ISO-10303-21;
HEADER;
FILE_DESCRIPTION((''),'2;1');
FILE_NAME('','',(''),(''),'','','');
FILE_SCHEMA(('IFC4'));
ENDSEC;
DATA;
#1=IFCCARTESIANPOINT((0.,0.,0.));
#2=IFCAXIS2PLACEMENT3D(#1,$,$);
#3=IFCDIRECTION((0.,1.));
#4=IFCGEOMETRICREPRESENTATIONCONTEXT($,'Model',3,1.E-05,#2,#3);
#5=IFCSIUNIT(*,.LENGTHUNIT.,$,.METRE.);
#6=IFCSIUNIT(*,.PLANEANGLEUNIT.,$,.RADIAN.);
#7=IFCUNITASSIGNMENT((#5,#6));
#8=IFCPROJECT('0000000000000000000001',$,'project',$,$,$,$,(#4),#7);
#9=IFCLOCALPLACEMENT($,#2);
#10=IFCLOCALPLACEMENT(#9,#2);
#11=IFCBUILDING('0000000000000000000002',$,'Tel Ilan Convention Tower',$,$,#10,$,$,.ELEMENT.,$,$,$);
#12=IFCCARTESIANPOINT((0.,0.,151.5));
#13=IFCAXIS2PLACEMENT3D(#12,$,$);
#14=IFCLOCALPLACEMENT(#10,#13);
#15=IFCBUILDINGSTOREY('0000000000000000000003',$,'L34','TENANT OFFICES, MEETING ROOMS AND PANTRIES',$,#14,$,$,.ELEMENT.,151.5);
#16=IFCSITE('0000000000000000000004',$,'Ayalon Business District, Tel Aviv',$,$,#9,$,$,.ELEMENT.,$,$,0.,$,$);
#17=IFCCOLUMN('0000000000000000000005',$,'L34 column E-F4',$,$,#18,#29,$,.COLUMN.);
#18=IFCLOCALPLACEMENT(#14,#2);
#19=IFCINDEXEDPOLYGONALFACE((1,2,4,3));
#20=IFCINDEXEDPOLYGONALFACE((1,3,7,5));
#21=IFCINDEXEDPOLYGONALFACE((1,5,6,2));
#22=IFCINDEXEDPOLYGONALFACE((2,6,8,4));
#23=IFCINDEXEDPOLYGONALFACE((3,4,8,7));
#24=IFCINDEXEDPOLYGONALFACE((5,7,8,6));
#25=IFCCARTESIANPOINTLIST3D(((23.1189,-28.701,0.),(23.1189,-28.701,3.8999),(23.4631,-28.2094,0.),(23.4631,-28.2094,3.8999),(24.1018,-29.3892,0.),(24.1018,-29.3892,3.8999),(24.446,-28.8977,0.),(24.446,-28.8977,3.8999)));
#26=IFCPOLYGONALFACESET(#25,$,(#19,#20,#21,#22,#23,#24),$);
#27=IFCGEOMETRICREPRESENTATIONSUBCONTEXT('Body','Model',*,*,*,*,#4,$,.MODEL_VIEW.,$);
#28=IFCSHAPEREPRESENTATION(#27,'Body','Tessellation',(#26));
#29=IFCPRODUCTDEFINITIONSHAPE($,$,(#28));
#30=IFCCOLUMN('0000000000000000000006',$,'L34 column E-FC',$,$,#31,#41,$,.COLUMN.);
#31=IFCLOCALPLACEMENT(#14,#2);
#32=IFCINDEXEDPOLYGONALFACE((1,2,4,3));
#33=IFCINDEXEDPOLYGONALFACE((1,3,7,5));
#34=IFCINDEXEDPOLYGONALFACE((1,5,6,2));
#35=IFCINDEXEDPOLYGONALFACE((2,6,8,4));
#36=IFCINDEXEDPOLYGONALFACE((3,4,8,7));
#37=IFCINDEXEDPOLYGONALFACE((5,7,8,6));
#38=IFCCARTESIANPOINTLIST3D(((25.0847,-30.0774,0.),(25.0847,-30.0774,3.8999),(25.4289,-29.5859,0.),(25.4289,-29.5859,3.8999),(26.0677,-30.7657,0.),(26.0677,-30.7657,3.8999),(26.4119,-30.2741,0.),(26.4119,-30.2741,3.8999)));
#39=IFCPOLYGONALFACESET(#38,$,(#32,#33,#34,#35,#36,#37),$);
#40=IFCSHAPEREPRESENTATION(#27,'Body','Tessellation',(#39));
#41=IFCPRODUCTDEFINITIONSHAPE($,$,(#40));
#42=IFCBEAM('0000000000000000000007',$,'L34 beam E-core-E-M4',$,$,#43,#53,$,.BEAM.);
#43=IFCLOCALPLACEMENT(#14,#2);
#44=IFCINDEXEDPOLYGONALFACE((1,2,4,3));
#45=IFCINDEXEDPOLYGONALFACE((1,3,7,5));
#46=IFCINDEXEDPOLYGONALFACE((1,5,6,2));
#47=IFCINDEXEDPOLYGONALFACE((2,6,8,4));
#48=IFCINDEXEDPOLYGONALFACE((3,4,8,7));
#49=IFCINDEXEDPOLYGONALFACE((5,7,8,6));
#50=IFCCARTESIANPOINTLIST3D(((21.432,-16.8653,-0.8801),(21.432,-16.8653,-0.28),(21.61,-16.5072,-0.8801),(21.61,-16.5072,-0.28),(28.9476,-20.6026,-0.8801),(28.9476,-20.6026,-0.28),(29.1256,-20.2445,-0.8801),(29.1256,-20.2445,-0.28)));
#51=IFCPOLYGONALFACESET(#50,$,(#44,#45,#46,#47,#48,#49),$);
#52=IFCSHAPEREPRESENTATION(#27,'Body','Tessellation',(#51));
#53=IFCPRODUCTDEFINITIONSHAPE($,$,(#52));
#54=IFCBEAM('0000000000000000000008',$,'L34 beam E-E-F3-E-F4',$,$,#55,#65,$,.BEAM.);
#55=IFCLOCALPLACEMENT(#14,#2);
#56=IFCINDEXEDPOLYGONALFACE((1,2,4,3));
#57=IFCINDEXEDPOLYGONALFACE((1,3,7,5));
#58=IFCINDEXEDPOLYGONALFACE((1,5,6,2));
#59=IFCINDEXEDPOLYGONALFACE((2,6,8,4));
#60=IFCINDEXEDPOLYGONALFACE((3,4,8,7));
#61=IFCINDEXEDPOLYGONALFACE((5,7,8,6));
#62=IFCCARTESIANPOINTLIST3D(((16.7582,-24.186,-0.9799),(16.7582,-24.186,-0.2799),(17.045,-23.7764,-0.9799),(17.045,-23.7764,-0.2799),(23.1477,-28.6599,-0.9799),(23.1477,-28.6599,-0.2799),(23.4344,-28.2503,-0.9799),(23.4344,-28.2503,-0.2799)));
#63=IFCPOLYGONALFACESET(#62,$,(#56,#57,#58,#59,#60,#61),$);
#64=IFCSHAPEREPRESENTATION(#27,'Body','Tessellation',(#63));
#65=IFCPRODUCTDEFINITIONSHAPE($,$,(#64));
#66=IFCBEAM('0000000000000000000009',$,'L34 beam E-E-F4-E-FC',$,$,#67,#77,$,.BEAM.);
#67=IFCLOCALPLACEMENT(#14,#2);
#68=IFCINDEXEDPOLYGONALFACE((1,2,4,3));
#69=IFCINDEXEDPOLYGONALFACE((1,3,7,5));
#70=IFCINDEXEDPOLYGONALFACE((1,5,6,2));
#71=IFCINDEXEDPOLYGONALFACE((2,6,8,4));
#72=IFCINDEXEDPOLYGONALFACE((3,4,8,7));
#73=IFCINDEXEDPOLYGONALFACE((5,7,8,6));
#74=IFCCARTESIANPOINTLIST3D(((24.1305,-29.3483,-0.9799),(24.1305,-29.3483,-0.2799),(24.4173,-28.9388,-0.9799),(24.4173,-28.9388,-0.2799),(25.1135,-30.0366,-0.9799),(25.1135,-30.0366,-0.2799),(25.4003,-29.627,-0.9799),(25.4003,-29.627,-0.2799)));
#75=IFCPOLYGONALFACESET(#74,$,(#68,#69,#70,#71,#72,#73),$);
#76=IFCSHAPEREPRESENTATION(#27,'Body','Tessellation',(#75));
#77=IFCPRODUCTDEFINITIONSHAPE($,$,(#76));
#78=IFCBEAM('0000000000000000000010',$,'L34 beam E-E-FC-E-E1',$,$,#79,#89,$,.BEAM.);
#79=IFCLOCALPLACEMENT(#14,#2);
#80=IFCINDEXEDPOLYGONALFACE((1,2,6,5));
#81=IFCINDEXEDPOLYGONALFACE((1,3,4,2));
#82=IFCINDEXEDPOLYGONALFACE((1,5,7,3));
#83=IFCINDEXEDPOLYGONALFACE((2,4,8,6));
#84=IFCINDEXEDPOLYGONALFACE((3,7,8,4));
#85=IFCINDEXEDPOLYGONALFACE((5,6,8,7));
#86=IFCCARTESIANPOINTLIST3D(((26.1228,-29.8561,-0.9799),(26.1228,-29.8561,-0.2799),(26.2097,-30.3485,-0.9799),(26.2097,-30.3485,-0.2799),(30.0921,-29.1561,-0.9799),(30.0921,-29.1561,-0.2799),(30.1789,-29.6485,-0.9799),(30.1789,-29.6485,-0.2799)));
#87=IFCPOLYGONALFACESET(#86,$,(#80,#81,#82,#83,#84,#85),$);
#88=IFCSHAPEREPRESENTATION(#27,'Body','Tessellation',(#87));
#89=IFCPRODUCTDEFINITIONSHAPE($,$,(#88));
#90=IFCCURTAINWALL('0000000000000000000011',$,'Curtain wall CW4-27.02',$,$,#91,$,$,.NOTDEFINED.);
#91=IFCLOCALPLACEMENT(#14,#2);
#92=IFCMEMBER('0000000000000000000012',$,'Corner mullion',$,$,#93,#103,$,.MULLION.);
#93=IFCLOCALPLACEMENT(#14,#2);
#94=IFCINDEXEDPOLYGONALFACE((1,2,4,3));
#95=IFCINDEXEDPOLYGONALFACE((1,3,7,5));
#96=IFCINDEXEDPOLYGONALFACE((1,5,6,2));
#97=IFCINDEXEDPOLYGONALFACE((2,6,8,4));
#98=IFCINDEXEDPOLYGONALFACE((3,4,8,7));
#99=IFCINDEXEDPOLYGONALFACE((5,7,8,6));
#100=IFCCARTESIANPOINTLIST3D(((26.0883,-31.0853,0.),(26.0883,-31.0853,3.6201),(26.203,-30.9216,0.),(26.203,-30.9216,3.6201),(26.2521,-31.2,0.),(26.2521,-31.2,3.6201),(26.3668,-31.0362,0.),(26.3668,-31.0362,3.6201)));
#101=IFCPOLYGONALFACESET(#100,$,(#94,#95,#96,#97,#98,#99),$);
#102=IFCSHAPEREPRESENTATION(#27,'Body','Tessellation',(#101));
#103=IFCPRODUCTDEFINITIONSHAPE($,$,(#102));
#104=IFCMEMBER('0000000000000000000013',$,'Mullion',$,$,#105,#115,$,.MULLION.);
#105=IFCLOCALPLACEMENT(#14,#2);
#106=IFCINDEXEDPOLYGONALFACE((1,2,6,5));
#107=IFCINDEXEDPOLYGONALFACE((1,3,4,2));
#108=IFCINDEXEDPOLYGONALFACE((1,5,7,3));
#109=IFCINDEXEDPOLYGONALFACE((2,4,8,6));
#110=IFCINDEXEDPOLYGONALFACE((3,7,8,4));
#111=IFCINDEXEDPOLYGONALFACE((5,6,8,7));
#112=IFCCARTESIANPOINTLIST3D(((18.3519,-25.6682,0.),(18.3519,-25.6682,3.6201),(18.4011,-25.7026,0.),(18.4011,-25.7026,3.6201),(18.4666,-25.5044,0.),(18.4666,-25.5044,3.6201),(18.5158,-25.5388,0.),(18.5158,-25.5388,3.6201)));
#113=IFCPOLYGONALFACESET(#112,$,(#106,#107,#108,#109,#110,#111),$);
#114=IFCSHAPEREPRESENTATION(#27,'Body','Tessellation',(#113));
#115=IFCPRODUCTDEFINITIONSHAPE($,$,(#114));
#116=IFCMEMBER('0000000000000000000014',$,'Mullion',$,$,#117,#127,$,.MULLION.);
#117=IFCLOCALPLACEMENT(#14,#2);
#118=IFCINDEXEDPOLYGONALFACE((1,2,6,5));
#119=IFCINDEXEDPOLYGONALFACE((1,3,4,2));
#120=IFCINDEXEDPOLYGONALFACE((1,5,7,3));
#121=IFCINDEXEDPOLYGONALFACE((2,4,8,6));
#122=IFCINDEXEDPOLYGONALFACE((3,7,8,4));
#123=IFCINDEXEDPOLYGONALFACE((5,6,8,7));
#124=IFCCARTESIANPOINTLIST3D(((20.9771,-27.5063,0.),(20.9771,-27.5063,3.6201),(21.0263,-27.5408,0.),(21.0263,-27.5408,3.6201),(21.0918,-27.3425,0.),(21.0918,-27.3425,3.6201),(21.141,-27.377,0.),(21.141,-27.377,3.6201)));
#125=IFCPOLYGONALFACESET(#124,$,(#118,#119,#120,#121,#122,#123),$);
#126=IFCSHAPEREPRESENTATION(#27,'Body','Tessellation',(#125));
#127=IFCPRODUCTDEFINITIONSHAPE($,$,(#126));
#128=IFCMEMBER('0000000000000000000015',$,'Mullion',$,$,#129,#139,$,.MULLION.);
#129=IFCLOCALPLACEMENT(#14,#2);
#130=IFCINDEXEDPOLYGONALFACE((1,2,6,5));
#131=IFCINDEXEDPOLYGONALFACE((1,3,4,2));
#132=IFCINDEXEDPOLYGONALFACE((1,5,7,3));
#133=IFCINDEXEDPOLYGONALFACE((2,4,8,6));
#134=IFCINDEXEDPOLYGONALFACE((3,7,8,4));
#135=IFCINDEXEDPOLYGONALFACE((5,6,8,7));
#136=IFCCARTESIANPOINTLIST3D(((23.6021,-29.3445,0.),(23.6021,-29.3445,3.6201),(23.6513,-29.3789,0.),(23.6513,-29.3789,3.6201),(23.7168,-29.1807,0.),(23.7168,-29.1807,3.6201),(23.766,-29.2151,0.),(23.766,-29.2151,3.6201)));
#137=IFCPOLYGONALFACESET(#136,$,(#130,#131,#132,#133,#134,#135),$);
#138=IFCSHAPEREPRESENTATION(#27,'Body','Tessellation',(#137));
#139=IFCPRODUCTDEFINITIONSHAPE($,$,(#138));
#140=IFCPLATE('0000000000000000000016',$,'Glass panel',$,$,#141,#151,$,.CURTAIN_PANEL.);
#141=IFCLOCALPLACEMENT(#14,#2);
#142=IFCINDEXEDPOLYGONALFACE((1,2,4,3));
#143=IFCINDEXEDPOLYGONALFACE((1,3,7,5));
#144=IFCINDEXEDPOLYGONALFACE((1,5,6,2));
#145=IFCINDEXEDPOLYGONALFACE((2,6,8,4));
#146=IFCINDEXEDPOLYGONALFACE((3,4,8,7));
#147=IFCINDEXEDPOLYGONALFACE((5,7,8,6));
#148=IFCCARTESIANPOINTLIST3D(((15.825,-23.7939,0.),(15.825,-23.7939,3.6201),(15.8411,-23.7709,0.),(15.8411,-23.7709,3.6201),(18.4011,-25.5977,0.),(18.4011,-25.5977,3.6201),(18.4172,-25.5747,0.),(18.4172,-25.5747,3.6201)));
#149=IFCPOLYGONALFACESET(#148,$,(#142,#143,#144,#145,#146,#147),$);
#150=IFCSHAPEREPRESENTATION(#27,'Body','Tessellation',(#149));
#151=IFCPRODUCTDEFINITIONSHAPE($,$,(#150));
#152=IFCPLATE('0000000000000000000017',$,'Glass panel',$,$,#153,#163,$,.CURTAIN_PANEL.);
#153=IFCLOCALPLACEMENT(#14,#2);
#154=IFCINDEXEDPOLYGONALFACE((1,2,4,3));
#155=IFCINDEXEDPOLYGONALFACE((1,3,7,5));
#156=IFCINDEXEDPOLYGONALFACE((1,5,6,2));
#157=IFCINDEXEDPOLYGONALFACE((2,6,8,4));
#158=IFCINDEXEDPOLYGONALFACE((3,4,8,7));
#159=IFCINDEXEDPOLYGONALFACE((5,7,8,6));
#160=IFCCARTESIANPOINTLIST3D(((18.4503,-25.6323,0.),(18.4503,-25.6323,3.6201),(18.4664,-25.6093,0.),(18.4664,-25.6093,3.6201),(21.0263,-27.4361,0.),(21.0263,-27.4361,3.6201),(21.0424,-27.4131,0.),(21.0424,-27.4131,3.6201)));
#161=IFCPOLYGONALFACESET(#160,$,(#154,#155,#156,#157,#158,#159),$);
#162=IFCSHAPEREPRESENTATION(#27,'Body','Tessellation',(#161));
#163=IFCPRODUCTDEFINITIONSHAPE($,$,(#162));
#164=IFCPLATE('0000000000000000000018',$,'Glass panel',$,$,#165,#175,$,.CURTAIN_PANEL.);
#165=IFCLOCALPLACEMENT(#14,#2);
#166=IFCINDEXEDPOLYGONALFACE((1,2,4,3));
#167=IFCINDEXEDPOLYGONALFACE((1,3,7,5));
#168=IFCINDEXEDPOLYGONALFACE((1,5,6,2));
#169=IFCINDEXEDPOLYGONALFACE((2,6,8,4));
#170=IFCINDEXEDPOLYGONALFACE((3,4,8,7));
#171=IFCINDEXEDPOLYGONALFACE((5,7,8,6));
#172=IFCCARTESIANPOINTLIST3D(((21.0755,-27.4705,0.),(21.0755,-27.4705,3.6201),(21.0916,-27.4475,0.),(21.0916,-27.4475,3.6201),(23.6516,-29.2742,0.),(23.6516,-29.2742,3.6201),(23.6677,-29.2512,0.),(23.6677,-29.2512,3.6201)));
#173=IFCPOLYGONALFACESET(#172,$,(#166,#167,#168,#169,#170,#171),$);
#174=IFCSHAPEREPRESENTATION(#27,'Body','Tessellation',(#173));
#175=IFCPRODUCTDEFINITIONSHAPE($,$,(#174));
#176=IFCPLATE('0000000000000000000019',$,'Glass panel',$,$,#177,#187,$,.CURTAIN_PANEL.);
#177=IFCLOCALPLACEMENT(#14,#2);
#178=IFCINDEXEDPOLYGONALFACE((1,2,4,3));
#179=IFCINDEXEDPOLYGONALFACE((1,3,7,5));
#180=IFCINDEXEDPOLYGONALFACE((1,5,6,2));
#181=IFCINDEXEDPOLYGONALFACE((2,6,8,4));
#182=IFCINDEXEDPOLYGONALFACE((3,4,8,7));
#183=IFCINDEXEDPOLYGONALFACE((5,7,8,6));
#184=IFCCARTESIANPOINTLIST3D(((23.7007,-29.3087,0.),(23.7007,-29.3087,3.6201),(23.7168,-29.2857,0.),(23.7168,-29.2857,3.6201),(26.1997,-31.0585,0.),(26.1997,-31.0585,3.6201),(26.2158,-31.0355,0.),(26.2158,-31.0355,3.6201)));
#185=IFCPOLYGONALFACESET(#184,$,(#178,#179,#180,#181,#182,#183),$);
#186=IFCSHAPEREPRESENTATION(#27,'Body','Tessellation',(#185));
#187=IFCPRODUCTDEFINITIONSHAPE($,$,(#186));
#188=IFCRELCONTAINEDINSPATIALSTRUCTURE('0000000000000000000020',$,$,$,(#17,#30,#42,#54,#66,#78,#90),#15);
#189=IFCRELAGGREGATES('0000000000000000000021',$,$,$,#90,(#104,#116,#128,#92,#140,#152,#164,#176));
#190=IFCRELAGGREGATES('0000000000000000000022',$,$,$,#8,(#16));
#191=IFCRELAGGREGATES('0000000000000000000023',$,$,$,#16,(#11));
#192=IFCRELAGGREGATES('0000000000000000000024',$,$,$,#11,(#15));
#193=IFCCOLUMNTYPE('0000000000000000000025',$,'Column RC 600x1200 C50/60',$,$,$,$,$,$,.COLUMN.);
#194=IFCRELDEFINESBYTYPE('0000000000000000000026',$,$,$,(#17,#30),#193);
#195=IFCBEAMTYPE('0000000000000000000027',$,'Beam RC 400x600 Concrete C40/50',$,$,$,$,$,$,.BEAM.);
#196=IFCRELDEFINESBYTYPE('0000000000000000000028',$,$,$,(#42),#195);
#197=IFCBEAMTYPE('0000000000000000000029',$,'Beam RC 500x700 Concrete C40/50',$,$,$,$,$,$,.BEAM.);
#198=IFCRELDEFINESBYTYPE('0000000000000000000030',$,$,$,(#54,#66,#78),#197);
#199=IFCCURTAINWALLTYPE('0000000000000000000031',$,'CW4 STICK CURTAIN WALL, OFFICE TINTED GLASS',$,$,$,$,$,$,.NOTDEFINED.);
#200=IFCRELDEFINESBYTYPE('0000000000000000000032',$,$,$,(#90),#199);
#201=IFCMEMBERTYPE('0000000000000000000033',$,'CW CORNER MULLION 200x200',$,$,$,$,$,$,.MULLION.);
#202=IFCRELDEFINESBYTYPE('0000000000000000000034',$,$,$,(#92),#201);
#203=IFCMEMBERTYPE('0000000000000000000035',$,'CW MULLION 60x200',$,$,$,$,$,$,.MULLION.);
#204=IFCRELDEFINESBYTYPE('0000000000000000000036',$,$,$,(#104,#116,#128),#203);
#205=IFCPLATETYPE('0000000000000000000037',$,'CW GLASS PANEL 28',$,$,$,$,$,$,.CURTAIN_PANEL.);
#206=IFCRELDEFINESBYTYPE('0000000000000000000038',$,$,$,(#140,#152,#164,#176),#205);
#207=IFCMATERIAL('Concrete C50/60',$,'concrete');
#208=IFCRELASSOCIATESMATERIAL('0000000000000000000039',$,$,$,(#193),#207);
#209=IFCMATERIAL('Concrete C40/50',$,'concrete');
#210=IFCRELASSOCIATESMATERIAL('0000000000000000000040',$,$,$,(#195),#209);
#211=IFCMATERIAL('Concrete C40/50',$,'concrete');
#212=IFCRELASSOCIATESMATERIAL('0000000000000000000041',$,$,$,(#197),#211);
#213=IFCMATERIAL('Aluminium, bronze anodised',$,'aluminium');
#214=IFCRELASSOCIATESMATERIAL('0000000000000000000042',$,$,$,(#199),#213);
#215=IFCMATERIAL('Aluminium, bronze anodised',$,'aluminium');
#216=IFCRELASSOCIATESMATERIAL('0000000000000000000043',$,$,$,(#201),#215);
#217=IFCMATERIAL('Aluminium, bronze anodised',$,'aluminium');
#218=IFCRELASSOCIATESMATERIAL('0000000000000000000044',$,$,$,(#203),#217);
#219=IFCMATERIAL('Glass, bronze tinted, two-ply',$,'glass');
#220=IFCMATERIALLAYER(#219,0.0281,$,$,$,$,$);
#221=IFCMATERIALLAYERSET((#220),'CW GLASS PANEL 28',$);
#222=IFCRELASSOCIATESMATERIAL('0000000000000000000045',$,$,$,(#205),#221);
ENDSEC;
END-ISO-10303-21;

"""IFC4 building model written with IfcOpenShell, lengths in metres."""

from ifc_helpers import new_model, si_unit, direction, frame, origin, origin_2d, place, context, subcontext, project, spatial, rectangle, extrude, material, layer, layer_set, material_profile, profile_set, type_object, element, aggregate, save


model = new_model("IFC4")

# Units and contexts
model_context = context("Model", 3, precision=1e-05, world=origin(), true_north=direction((0.0, 1.0)))
body_context = subcontext(model_context, "Body", "Model", "MODEL_VIEW")
ifc_project = project(units=[si_unit("LENGTHUNIT", "METRE"), si_unit("PLANEANGLEUNIT", "RADIAN")], contexts=[model_context])

# Site, building, storey
site_placement = place(None, origin())
site = spatial("IfcSite", under=ifc_project, at=site_placement, Name="Ayalon Business District, Tel Aviv", CompositionType="ELEMENT", RefElevation=0.0)
building_placement = place(site_placement, origin())
building = spatial("IfcBuilding", under=site, at=building_placement, Name="Tel Ilan Convention Tower", CompositionType="ELEMENT")
storey_placement = place(building_placement, frame((0.0, 0.0, 151.5)))
storey = spatial("IfcBuildingStorey", under=building, at=storey_placement, Name="L34", Description="TENANT OFFICES, MEETING ROOMS AND PANTRIES", CompositionType="ELEMENT", Elevation=151.5)

# Columns
ifc_material_1 = material(Name="Concrete C50/60", Category="concrete")
ifc_material_profile_1 = material_profile(ifc_material_1, rectangle(XDim=1.2, YDim=0.6001, at=origin_2d()), Name="RC 600x1200")
ifc_profile_set_1 = profile_set([ifc_material_profile_1], Name="Concrete C50/60")
column_type = type_object("IfcColumnType", Name="Column RC 600x1200 C50/60", PredefinedType="COLUMN", material=ifc_profile_set_1)
for number, where, z_axis, x_axis, name in (
    (1, (23.7825, -28.7993, 0.0), (0.0, 0.0, 1.0), (0.819152, -0.573576, 0.0), "L34 column E-F4"),
    (2, (25.7483, -30.1758, 0.0), (0.0, 0.0, 1.0), (0.819152, -0.573576, 0.0), "L34 column E-FC"),
):
    element("IfcColumn", number, at=place(storey_placement, frame(where, z_axis=z_axis, x_axis=x_axis)), inside=storey, type_object=column_type, Name=name, PredefinedType="COLUMN", context=body_context, shape_type="SweptSolid", body=[
        extrude(rectangle(XDim=1.2, YDim=0.6001, at=origin_2d()), origin(), (0.0, 0.0, 1.0), 3.8999),
    ])

# Beams
ifc_material_2 = material(Name="Concrete C40/50", Category="concrete")
ifc_material_profile_2 = material_profile(ifc_material_2, rectangle(XDim=0.3999, YDim=0.6001, at=origin_2d()), Name="RC 400x600")
ifc_profile_set_2 = profile_set([ifc_material_profile_2], Name="Concrete C40/50")
beam_type_1 = type_object("IfcBeamType", Name="Beam RC 400x600 Concrete C40/50", PredefinedType="BEAM", material=ifc_profile_set_2)
beam_1_placement = place(storey_placement, frame((21.521, -16.6863, -0.5801), z_axis=(0.895402, -0.445258, 0.0), x_axis=(0.445258, 0.895402, 0.0)))
element("IfcBeam", 3, at=beam_1_placement, inside=storey, type_object=beam_type_1, Name="L34 beam E-core-E-M4", PredefinedType="BEAM", context=body_context, shape_type="SweptSolid", body=[
    extrude(rectangle(XDim=0.3999, YDim=0.6001, at=origin_2d()), origin(), (0.0, 0.0, 1.0), 8.3936),
])
ifc_material_3 = material(Name="Concrete C40/50", Category="concrete")
ifc_material_profile_3 = material_profile(ifc_material_3, rectangle(XDim=0.5, YDim=0.7, at=origin_2d()), Name="RC 500x700")
ifc_profile_set_3 = profile_set([ifc_material_profile_3], Name="Concrete C40/50")
beam_type_2 = type_object("IfcBeamType", Name="Beam RC 500x700 Concrete C40/50", PredefinedType="BEAM", material=ifc_profile_set_3)
beam_2_placement = place(storey_placement, frame((16.9016, -23.9812, -0.6299), z_axis=(0.819154, -0.573574, 0.0), x_axis=(0.573574, 0.819154, 0.0)))
element("IfcBeam", 4, at=beam_2_placement, inside=storey, type_object=beam_type_2, Name="L34 beam E-E-F3-E-F4", PredefinedType="BEAM", context=body_context, shape_type="SweptSolid", body=[
    extrude(rectangle(XDim=0.5, YDim=0.7, at=origin_2d()), origin(), (0.0, 0.0, 1.0), 7.8),
])
beam_3_placement = place(storey_placement, frame((24.2739, -29.1436, -0.6299), z_axis=(0.819155, -0.573572, 0.0), x_axis=(0.573572, 0.819155, 0.0)))
element("IfcBeam", 5, at=beam_3_placement, inside=storey, type_object=beam_type_2, Name="L34 beam E-E-F4-E-FC", PredefinedType="BEAM", context=body_context, shape_type="SweptSolid", body=[
    extrude(rectangle(XDim=0.5, YDim=0.7, at=origin_2d()), origin(), (0.0, 0.0, 1.0), 1.2),
])
beam_4_placement = place(storey_placement, frame((26.1663, -30.1023, -0.6299), z_axis=(0.984805, 0.173664, 0.0), x_axis=(-0.173664, 0.984805, 0.0)))
element("IfcBeam", 6, at=beam_4_placement, inside=storey, type_object=beam_type_2, Name="L34 beam E-E-FC-E-E1", PredefinedType="BEAM", context=body_context, shape_type="SweptSolid", body=[
    extrude(rectangle(XDim=0.5, YDim=0.7, at=origin_2d()), origin(), (0.0, 0.0, 1.0), 4.0305),
])

# Curtain wall, members, plates
ifc_material_4 = material(Name="Aluminium, bronze anodised", Category="aluminium")
curtain_wall_type = type_object("IfcCurtainWallType", Name="CW4 STICK CURTAIN WALL, OFFICE TINTED GLASS", PredefinedType="NOTDEFINED", material=ifc_material_4)
curtain_wall_placement = place(storey_placement, origin())
curtain_wall = element("IfcCurtainWall", 7, at=curtain_wall_placement, inside=storey, type_object=curtain_wall_type, Name="Curtain wall CW4-27.02", PredefinedType="NOTDEFINED")
ifc_material_5 = material(Name="Aluminium, bronze anodised", Category="aluminium")
ifc_material_profile_4 = material_profile(ifc_material_5, rectangle(XDim=0.2, YDim=0.2, at=origin_2d()), Name="CW CORNER MULLION 200x200")
ifc_profile_set_4 = profile_set([ifc_material_profile_4], Name="Aluminium, bronze anodised")
member_type_1 = type_object("IfcMemberType", Name="CW CORNER MULLION 200x200", PredefinedType="MULLION", material=ifc_profile_set_4)
member_1_placement = place(storey_placement, frame((26.2275, -31.0608, 0.0), z_axis=(0.0, 0.0, 1.0), x_axis=(0.819152, -0.573576, 0.0)))
member_1 = element("IfcMember", 8, at=member_1_placement, type_object=member_type_1, Name="Corner mullion", PredefinedType="MULLION", context=body_context, shape_type="SweptSolid", body=[
    extrude(rectangle(XDim=0.2, YDim=0.2, at=origin_2d()), origin(), (0.0, 0.0, 1.0), 3.6201),
])
ifc_material_6 = material(Name="Aluminium, bronze anodised", Category="aluminium")
ifc_material_profile_5 = material_profile(ifc_material_6, rectangle(XDim=0.0601, YDim=0.2, at=origin_2d()), Name="CW MULLION 60x200")
ifc_profile_set_5 = profile_set([ifc_material_profile_5], Name="Aluminium, bronze anodised")
member_type_2 = type_object("IfcMemberType", Name="CW MULLION 60x200", PredefinedType="MULLION", material=ifc_profile_set_5)
member_2_placement = place(storey_placement, frame((18.4338, -25.6035, 0.0), z_axis=(0.0, 0.0, 1.0), x_axis=(0.819152, -0.573576, 0.0)))
member_2 = element("IfcMember", 9, at=member_2_placement, type_object=member_type_2, Name="Mullion", PredefinedType="MULLION", context=body_context, shape_type="SweptSolid", body=[
    extrude(rectangle(XDim=0.0601, YDim=0.2, at=origin_2d()), origin(), (0.0, 0.0, 1.0), 3.6201),
])
member_3_placement = place(storey_placement, frame((21.0591, -27.4417, 0.0), z_axis=(0.0, 0.0, 1.0), x_axis=(0.819152, -0.573576, 0.0)))
member_3 = element("IfcMember", 10, at=member_3_placement, type_object=member_type_2, Name="Mullion", PredefinedType="MULLION", context=body_context, shape_type="SweptSolid", body=[
    extrude(rectangle(XDim=0.0601, YDim=0.2, at=origin_2d()), origin(), (0.0, 0.0, 1.0), 3.6201),
])
member_4_placement = place(storey_placement, frame((23.6841, -29.2798, 0.0), z_axis=(0.0, 0.0, 1.0), x_axis=(0.819152, -0.573576, 0.0)))
member_4 = element("IfcMember", 11, at=member_4_placement, type_object=member_type_2, Name="Mullion", PredefinedType="MULLION", context=body_context, shape_type="SweptSolid", body=[
    extrude(rectangle(XDim=0.0601, YDim=0.2, at=origin_2d()), origin(), (0.0, 0.0, 1.0), 3.6201),
])
ifc_material_7 = material(Name="Glass, bronze tinted, two-ply", Category="glass")
ifc_layer_1 = layer(ifc_material_7, 0.0281)
ifc_layer_set_1 = layer_set([ifc_layer_1], Name="CW GLASS PANEL 28")
plate_type = type_object("IfcPlateType", Name="CW GLASS PANEL 28", PredefinedType="CURTAIN_PANEL", material=ifc_layer_set_1)
plate_1_placement = place(storey_placement, frame((17.1211, -24.6843, 0.0), z_axis=(0.0, 0.0, 1.0), x_axis=(0.819152, -0.573576, 0.0)))
plate_1 = element("IfcPlate", 12, at=plate_1_placement, type_object=plate_type, Name="Glass panel", PredefinedType="CURTAIN_PANEL", context=body_context, shape_type="SweptSolid", body=[
    extrude(rectangle(XDim=3.1448, YDim=0.0281, at=origin_2d()), origin(), (0.0, 0.0, 1.0), 3.6201),
])
plate_2_placement = place(storey_placement, frame((19.7463, -26.5227, 0.0), z_axis=(0.0, 0.0, 1.0), x_axis=(0.819152, -0.573576, 0.0)))
plate_2 = element("IfcPlate", 13, at=plate_2_placement, type_object=plate_type, Name="Glass panel", PredefinedType="CURTAIN_PANEL", context=body_context, shape_type="SweptSolid", body=[
    extrude(rectangle(XDim=3.1448, YDim=0.0281, at=origin_2d()), origin(), (0.0, 0.0, 1.0), 3.6201),
])
plate_3_placement = place(storey_placement, frame((22.3716, -28.3608, 0.0), z_axis=(0.0, 0.0, 1.0), x_axis=(0.819152, -0.573576, 0.0)))
plate_3 = element("IfcPlate", 14, at=plate_3_placement, type_object=plate_type, Name="Glass panel", PredefinedType="CURTAIN_PANEL", context=body_context, shape_type="SweptSolid", body=[
    extrude(rectangle(XDim=3.1448, YDim=0.0281, at=origin_2d()), origin(), (0.0, 0.0, 1.0), 3.6201),
])
plate_4_placement = place(storey_placement, frame((24.9583, -30.1721, 0.0), z_axis=(0.0, 0.0, 1.0), x_axis=(0.819152, -0.573576, 0.0)))
plate_4 = element("IfcPlate", 15, at=plate_4_placement, type_object=plate_type, Name="Glass panel", PredefinedType="CURTAIN_PANEL", context=body_context, shape_type="SweptSolid", body=[
    extrude(rectangle(XDim=3.0508, YDim=0.0281, at=origin_2d()), origin(), (0.0, 0.0, 1.0), 3.6201),
])
aggregate(curtain_wall, [member_2, member_3, member_4, member_1, plate_1, plate_2, plate_3, plate_4])

save(model, "model.ifc")
